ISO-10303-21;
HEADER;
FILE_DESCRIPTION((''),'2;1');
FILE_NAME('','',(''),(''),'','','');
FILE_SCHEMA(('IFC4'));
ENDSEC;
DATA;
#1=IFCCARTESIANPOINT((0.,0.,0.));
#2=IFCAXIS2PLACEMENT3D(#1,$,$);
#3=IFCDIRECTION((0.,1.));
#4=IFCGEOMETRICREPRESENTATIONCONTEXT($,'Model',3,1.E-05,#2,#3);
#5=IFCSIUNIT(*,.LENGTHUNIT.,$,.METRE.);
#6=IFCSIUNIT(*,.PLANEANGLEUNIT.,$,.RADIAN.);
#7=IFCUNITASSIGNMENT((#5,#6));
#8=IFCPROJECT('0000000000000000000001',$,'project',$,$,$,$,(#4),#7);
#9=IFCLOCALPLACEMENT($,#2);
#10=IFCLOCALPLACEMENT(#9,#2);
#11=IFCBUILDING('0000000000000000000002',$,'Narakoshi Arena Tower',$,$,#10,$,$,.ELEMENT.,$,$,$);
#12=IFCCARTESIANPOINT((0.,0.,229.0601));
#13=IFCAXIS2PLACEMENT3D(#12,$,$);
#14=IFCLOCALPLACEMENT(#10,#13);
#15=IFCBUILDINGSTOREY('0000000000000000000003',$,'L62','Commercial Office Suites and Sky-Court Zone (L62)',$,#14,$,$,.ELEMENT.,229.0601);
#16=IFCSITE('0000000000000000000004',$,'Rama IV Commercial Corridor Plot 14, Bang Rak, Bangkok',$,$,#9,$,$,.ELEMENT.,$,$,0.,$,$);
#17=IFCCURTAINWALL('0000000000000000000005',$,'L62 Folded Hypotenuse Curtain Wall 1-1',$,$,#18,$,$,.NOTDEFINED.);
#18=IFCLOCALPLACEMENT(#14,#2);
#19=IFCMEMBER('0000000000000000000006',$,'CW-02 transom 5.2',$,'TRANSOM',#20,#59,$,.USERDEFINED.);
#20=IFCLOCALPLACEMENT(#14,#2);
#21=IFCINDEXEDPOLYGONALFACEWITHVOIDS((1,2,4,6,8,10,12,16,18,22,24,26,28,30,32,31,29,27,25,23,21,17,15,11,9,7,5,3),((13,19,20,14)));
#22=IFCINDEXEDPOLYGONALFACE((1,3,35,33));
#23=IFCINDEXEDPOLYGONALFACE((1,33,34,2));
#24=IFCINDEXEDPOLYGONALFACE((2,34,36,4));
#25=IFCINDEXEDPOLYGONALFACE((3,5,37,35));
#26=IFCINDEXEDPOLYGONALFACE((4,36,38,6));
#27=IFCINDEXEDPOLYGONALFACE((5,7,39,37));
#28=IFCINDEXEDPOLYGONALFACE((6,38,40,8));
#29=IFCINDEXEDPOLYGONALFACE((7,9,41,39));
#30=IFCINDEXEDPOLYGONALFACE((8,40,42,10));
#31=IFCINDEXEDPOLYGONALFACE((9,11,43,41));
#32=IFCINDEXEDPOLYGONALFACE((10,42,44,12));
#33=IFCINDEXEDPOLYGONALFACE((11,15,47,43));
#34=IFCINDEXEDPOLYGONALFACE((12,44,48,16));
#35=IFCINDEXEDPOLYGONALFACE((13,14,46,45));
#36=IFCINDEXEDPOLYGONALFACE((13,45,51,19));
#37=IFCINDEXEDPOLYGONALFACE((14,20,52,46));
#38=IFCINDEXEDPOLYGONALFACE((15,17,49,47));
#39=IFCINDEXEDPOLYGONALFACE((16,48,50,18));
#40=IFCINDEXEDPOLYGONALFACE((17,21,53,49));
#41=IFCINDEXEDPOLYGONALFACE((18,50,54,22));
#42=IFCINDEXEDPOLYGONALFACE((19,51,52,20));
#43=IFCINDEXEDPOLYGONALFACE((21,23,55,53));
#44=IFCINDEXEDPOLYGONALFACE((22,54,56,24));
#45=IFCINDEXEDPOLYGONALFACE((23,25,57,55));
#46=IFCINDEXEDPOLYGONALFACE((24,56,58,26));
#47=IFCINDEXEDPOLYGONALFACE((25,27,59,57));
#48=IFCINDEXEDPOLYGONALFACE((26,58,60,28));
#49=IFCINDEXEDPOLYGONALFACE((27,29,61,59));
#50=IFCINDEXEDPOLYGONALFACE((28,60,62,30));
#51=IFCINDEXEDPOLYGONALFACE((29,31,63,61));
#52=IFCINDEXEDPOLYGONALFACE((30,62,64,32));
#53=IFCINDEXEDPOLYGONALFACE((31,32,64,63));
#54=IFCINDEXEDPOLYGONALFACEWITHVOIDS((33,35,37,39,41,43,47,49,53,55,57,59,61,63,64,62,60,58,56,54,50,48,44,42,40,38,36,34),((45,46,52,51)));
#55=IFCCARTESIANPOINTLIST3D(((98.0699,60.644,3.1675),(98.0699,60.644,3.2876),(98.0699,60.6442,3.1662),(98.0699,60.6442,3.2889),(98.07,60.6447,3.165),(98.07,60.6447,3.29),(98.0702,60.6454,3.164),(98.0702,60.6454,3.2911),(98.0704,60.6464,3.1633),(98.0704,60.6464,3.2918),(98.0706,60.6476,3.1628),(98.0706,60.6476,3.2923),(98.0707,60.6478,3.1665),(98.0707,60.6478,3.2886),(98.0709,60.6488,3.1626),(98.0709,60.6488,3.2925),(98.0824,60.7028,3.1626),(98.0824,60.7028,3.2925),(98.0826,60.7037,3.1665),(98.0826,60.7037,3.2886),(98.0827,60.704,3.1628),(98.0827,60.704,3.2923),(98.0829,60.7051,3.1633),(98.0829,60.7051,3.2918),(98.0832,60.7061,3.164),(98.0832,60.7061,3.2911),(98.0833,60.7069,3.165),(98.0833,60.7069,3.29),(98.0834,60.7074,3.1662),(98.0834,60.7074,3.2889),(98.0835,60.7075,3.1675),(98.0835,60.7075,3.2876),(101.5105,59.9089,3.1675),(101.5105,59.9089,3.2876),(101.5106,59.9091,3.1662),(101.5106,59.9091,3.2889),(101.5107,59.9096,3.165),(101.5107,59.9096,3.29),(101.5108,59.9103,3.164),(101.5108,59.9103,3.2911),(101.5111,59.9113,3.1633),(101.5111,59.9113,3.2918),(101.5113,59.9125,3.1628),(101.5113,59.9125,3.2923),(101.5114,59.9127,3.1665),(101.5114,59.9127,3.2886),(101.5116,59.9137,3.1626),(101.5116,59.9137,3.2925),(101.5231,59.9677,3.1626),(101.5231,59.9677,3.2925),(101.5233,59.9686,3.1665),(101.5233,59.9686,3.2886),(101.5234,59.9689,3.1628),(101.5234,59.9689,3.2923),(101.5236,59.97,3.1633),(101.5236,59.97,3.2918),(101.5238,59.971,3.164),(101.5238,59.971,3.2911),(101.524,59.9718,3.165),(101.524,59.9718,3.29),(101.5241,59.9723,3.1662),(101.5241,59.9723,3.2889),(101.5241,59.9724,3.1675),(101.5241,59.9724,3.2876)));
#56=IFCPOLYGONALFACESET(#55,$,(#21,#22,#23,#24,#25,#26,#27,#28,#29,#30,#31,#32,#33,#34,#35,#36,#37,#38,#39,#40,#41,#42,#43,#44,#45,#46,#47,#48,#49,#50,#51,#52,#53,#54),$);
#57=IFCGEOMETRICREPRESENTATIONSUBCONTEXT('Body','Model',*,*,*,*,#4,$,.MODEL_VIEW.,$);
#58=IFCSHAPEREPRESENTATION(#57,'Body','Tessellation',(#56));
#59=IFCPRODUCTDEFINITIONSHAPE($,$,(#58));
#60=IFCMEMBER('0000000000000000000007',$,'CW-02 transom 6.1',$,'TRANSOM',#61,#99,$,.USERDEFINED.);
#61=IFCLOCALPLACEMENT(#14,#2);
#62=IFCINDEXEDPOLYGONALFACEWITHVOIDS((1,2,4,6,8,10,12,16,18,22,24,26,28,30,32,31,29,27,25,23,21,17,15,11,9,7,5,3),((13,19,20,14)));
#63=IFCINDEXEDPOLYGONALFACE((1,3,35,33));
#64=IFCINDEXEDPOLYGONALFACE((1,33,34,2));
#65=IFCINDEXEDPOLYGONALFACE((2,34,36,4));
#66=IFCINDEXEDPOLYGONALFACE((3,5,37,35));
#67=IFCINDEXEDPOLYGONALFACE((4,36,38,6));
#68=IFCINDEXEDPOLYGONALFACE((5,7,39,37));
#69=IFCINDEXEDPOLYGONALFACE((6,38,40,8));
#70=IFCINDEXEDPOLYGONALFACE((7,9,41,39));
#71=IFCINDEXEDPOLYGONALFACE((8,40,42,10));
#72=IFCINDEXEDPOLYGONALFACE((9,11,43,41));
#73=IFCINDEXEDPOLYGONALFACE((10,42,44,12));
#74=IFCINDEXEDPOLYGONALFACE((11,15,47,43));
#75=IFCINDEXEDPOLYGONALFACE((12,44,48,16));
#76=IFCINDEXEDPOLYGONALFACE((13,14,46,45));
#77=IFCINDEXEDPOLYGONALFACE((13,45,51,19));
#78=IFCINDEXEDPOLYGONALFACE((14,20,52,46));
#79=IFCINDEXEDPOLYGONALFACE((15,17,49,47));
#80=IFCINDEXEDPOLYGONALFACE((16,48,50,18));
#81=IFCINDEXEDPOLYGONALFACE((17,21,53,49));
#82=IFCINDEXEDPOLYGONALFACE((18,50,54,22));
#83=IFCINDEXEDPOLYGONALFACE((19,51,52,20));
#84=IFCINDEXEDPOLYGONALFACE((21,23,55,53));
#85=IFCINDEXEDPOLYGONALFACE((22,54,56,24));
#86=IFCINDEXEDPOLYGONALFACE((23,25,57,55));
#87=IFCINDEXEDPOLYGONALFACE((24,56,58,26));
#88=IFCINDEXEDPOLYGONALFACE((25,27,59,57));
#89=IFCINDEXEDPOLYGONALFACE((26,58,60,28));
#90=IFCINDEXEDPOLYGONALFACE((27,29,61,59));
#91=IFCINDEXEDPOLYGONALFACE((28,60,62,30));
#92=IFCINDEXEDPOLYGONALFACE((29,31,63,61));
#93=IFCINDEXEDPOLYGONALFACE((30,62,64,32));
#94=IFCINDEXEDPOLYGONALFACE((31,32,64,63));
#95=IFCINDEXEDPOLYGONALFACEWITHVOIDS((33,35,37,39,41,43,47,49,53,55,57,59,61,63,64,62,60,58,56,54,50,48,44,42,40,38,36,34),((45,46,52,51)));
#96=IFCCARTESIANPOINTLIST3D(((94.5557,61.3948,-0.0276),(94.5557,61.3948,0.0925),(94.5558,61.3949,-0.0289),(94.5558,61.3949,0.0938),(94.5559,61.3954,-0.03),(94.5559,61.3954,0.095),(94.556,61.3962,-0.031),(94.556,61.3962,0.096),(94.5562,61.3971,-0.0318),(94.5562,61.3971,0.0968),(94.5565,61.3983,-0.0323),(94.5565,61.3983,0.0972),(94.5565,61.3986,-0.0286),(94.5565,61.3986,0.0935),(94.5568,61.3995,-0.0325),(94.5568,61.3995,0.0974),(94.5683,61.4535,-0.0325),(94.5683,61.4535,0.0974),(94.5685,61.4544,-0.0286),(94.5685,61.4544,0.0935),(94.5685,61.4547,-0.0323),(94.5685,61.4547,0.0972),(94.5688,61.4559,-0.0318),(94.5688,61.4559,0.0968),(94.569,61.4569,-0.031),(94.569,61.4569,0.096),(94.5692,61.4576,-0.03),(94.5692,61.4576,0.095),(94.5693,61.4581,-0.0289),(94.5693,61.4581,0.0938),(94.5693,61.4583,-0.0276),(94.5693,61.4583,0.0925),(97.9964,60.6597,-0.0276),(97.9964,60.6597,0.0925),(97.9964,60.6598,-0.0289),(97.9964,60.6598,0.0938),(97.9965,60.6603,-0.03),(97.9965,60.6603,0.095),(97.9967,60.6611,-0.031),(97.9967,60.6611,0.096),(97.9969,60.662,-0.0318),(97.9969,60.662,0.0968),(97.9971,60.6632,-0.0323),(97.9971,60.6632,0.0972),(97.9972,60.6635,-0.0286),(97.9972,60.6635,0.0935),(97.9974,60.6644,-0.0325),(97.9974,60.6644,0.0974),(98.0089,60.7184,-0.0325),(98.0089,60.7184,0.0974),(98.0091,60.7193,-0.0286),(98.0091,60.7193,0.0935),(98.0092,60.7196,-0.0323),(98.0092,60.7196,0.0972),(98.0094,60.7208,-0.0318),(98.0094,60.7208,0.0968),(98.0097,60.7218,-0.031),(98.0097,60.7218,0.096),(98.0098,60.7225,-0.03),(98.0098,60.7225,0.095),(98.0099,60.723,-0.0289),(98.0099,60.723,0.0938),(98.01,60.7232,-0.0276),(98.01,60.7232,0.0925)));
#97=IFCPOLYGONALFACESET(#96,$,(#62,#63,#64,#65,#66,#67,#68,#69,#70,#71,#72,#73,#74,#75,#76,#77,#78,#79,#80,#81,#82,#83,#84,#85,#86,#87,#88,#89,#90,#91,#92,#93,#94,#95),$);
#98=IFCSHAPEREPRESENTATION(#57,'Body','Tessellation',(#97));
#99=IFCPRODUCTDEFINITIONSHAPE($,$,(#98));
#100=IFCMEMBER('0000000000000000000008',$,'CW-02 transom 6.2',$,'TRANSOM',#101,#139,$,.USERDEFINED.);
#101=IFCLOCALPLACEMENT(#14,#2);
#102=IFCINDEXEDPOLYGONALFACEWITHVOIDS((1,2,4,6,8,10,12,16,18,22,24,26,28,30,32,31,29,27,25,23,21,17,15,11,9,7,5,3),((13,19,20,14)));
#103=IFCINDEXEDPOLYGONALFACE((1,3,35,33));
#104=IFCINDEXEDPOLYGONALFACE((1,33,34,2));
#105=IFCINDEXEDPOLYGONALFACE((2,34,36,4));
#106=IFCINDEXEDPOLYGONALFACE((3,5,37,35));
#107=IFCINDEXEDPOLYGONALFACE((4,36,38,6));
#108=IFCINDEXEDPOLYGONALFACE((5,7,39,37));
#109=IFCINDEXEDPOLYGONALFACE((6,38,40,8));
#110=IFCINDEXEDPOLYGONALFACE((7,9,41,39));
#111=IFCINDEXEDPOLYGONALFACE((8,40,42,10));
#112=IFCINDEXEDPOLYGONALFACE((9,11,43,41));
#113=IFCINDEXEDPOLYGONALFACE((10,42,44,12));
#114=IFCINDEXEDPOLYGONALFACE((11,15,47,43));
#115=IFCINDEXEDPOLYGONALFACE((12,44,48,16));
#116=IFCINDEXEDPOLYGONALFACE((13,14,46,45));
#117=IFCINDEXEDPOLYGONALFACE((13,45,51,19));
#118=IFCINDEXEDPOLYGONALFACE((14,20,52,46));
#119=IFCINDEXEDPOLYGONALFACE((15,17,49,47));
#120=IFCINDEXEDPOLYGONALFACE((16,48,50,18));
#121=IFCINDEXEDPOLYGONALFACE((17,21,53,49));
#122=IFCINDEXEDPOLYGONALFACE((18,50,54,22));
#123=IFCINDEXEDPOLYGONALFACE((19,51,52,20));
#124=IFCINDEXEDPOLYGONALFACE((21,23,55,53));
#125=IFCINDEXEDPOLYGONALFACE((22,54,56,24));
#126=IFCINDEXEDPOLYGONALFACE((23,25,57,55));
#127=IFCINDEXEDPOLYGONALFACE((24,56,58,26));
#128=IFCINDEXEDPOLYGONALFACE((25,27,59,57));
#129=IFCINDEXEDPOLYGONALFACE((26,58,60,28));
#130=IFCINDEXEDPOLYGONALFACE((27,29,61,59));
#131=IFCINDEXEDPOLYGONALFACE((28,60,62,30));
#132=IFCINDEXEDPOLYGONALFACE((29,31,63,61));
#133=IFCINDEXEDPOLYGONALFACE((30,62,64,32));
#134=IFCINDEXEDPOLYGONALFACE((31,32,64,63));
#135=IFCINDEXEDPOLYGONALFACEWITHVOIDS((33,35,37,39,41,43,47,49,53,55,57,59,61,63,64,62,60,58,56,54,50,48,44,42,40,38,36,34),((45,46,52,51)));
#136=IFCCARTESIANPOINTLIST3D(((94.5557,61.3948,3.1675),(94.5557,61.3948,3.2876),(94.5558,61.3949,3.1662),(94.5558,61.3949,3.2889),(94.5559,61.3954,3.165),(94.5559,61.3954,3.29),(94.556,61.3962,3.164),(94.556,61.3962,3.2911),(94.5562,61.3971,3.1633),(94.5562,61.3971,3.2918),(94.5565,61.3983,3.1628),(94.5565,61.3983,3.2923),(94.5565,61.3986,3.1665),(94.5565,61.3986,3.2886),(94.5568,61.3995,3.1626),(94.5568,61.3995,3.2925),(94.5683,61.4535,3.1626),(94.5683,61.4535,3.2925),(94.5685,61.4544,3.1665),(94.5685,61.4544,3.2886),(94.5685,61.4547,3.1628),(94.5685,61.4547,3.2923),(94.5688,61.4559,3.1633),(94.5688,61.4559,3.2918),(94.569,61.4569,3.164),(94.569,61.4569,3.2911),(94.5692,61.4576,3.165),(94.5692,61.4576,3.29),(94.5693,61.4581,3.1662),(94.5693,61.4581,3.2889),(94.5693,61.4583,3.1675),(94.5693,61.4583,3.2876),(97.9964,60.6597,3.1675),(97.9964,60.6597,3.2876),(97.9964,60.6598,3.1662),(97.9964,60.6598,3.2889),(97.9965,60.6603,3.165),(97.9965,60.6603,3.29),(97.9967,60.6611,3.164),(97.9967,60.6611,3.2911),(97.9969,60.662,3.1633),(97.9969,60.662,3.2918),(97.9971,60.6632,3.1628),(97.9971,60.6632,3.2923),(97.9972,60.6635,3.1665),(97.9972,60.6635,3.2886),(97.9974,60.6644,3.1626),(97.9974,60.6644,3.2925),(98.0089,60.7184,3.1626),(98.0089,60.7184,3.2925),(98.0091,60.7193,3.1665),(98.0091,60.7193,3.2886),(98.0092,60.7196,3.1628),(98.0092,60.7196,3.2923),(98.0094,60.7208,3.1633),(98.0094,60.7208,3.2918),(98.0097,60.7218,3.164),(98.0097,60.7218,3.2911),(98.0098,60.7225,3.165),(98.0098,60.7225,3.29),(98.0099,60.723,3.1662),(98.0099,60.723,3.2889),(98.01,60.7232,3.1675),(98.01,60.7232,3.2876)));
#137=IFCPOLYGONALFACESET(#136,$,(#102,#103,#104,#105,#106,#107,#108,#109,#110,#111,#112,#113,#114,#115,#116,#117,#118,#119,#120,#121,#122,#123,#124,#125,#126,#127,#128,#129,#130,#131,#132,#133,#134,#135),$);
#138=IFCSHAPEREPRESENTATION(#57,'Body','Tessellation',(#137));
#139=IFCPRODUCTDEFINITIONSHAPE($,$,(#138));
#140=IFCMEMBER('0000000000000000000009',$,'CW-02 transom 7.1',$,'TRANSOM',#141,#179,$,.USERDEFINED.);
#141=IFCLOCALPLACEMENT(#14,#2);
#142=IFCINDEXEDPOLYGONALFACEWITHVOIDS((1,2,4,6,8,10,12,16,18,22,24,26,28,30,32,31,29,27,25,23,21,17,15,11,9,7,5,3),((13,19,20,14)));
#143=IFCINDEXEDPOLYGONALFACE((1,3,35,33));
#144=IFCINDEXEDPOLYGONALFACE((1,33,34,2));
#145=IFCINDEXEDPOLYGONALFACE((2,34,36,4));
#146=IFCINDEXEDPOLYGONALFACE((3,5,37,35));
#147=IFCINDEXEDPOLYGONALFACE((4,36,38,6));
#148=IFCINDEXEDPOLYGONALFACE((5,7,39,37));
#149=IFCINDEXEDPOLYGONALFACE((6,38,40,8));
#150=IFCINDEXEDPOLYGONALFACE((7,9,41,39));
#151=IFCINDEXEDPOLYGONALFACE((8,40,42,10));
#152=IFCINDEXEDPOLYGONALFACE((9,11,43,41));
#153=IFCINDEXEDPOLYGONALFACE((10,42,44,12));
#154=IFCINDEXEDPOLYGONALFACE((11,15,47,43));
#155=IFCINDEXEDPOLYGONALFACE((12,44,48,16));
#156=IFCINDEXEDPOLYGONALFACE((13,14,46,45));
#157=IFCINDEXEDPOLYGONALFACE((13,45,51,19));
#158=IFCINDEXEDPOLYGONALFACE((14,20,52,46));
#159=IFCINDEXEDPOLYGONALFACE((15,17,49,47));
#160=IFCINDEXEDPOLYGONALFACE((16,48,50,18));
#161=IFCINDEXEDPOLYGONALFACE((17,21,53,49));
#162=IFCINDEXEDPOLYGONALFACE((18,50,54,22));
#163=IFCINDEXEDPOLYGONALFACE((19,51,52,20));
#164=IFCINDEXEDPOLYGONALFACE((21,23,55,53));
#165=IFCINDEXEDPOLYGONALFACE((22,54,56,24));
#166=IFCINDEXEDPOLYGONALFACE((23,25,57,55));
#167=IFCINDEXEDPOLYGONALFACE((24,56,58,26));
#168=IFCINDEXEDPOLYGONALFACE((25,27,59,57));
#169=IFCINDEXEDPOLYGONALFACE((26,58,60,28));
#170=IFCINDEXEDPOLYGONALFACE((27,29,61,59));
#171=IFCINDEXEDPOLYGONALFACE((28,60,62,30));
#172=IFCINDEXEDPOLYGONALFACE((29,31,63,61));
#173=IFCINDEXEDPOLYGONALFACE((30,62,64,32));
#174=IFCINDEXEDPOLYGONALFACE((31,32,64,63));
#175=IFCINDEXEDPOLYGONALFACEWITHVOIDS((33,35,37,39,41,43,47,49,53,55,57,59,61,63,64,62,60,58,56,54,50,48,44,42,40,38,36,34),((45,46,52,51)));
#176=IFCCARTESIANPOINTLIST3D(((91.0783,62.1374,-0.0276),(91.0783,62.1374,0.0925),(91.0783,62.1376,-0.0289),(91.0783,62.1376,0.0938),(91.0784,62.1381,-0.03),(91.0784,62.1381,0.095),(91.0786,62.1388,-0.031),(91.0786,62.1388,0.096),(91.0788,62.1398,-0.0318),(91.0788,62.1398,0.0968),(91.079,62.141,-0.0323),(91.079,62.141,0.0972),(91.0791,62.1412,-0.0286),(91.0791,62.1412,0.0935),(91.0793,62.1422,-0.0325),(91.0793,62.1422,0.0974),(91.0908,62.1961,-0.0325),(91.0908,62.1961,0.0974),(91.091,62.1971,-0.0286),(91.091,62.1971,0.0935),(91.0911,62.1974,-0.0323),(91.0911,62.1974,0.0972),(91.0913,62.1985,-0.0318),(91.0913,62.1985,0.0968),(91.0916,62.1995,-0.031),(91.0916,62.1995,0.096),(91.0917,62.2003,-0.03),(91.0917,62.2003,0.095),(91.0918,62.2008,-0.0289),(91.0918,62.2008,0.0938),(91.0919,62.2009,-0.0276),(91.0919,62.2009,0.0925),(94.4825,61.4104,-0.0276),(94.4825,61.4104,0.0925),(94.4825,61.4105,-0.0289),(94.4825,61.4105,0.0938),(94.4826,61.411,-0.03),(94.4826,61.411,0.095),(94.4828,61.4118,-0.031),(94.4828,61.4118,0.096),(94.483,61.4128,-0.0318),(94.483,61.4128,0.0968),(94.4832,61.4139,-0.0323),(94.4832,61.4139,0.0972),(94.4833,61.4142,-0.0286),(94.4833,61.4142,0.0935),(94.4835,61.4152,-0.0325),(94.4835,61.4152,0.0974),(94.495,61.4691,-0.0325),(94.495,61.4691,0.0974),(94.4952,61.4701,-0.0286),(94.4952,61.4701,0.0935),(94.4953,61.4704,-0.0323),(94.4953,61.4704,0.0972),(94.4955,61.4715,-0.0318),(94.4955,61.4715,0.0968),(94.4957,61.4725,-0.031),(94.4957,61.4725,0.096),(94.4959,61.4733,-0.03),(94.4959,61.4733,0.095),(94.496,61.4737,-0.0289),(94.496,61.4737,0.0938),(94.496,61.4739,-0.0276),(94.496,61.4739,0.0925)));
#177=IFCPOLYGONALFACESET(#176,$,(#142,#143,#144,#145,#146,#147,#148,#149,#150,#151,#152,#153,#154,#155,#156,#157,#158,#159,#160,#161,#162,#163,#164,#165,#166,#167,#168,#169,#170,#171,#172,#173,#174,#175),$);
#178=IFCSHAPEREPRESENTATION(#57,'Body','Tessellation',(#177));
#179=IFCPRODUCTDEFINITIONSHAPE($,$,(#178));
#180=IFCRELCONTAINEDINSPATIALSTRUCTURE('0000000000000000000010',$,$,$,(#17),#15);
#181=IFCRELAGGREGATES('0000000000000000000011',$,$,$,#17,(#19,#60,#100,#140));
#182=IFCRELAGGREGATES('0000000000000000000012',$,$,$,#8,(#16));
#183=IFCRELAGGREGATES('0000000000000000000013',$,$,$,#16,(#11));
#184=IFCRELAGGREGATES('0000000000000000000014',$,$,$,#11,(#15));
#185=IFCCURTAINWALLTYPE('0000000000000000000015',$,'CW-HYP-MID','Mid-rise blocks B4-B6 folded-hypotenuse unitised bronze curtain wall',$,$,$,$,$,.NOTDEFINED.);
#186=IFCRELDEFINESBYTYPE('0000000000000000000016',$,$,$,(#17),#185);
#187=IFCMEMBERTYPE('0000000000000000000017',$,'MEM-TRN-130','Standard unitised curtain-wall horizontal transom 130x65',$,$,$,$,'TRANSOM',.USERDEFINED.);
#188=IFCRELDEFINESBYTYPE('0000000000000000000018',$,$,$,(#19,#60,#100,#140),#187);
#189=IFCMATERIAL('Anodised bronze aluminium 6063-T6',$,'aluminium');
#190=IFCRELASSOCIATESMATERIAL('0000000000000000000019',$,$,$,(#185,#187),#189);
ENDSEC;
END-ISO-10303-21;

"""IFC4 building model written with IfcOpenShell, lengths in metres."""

from ifc_helpers import new_model, si_unit, direction, frame, origin, origin_2d, place, context, subcontext, project, spatial, hollow_rectangle, extrude, material, material_profile, profile_set, type_object, element, aggregate, save


model = new_model("IFC4")

# Units and contexts
model_context = context("Model", 3, precision=1e-05, world=origin(), true_north=direction((0.0, 1.0)))
body_context = subcontext(model_context, "Body", "Model", "MODEL_VIEW")
ifc_project = project(units=[si_unit("LENGTHUNIT", "METRE"), si_unit("PLANEANGLEUNIT", "RADIAN")], contexts=[model_context])

# Site, building, storey
site_placement = place(None, origin())
site = spatial("IfcSite", under=ifc_project, at=site_placement, Name="Rama IV Commercial Corridor Plot 14, Bang Rak, Bangkok", CompositionType="ELEMENT", RefElevation=0.0)
building_placement = place(site_placement, origin())
building = spatial("IfcBuilding", under=site, at=building_placement, Name="Narakoshi Arena Tower", CompositionType="ELEMENT")
storey_placement = place(building_placement, frame((0.0, 0.0, 229.0601)))
storey = spatial("IfcBuildingStorey", under=building, at=storey_placement, Name="L62", Description="Commercial Office Suites and Sky-Court Zone (L62)", CompositionType="ELEMENT", Elevation=229.0601)

# Curtain wall, members
ifc_material_1 = material(Name="Anodised bronze aluminium 6063-T6", Category="aluminium")
curtain_wall_type = type_object("IfcCurtainWallType", Name="CW-HYP-MID", Description="Mid-rise blocks B4-B6 folded-hypotenuse unitised bronze curtain wall", PredefinedType="NOTDEFINED", material=ifc_material_1)
curtain_wall_placement = place(storey_placement, origin())
curtain_wall = element("IfcCurtainWall", 1, at=curtain_wall_placement, inside=storey, type_object=curtain_wall_type, Name="L62 Folded Hypotenuse Curtain Wall 1-1", PredefinedType="NOTDEFINED")
ifc_material_profile_1 = material_profile(ifc_material_1, hollow_rectangle(XDim=0.0649, YDim=0.1299, WallThickness=0.0039, OuterFilletRadius=0.0049, at=origin_2d()), Name="TRN130x65x4")
ifc_profile_set_1 = profile_set([ifc_material_profile_1], Name="Anodised bronze aluminium 6063-T6")
member_type_1 = type_object("IfcMemberType", Name="MEM-TRN-130", Description="Standard unitised curtain-wall horizontal transom 130x65", ElementType="TRANSOM", PredefinedType="USERDEFINED", material=ifc_profile_set_1)
member_1_placement = place(storey_placement, frame((101.5173, 59.9407, 3.2275), z_axis=(-0.977929, 0.208937, 0.0), x_axis=(-0.208937, -0.977929, 0.0)))
member_1 = element("IfcMember", 2, at=member_1_placement, type_object=member_type_1, Name="CW-02 transom 5.2", ObjectType="TRANSOM", PredefinedType="USERDEFINED", context=body_context, shape_type="SweptSolid", body=[
    extrude(hollow_rectangle(XDim=0.0649, YDim=0.1299, WallThickness=0.0039, OuterFilletRadius=0.0049, at=origin_2d()), origin(), (0.0, 0.0, 1.0), 3.5183),
])
member_2_placement = place(storey_placement, frame((98.0032, 60.6914, 0.0325), z_axis=(-0.977929, 0.208937, 0.0), x_axis=(-0.208937, -0.977929, 0.0)))
member_2 = element("IfcMember", 3, at=member_2_placement, type_object=member_type_1, Name="CW-02 transom 6.1", ObjectType="TRANSOM", PredefinedType="USERDEFINED", context=body_context, shape_type="SweptSolid", body=[
    extrude(hollow_rectangle(XDim=0.0649, YDim=0.1299, WallThickness=0.0039, OuterFilletRadius=0.0049, at=origin_2d()), origin(), (0.0, 0.0, 1.0), 3.5183),
])
member_3_placement = place(storey_placement, frame((98.0032, 60.6914, 3.2275), z_axis=(-0.977929, 0.208937, 0.0), x_axis=(-0.208937, -0.977929, 0.0)))
member_3 = element("IfcMember", 4, at=member_3_placement, type_object=member_type_1, Name="CW-02 transom 6.2", ObjectType="TRANSOM", PredefinedType="USERDEFINED", context=body_context, shape_type="SweptSolid", body=[
    extrude(hollow_rectangle(XDim=0.0649, YDim=0.1299, WallThickness=0.0039, OuterFilletRadius=0.0049, at=origin_2d()), origin(), (0.0, 0.0, 1.0), 3.5183),
])
member_4_placement = place(storey_placement, frame((94.4893, 61.4421, 0.0325), z_axis=(-0.977946, 0.208858, 0.0), x_axis=(-0.208858, -0.977946, 0.0)))
member_4 = element("IfcMember", 5, at=member_4_placement, type_object=member_type_1, Name="CW-02 transom 7.1", ObjectType="TRANSOM", PredefinedType="USERDEFINED", context=body_context, shape_type="SweptSolid", body=[
    extrude(hollow_rectangle(XDim=0.0649, YDim=0.1299, WallThickness=0.0039, OuterFilletRadius=0.0049, at=origin_2d()), origin(), (0.0, 0.0, 1.0), 3.481),
])
aggregate(curtain_wall, [member_1, member_2, member_3, member_4])

save(model, "model.ifc")
